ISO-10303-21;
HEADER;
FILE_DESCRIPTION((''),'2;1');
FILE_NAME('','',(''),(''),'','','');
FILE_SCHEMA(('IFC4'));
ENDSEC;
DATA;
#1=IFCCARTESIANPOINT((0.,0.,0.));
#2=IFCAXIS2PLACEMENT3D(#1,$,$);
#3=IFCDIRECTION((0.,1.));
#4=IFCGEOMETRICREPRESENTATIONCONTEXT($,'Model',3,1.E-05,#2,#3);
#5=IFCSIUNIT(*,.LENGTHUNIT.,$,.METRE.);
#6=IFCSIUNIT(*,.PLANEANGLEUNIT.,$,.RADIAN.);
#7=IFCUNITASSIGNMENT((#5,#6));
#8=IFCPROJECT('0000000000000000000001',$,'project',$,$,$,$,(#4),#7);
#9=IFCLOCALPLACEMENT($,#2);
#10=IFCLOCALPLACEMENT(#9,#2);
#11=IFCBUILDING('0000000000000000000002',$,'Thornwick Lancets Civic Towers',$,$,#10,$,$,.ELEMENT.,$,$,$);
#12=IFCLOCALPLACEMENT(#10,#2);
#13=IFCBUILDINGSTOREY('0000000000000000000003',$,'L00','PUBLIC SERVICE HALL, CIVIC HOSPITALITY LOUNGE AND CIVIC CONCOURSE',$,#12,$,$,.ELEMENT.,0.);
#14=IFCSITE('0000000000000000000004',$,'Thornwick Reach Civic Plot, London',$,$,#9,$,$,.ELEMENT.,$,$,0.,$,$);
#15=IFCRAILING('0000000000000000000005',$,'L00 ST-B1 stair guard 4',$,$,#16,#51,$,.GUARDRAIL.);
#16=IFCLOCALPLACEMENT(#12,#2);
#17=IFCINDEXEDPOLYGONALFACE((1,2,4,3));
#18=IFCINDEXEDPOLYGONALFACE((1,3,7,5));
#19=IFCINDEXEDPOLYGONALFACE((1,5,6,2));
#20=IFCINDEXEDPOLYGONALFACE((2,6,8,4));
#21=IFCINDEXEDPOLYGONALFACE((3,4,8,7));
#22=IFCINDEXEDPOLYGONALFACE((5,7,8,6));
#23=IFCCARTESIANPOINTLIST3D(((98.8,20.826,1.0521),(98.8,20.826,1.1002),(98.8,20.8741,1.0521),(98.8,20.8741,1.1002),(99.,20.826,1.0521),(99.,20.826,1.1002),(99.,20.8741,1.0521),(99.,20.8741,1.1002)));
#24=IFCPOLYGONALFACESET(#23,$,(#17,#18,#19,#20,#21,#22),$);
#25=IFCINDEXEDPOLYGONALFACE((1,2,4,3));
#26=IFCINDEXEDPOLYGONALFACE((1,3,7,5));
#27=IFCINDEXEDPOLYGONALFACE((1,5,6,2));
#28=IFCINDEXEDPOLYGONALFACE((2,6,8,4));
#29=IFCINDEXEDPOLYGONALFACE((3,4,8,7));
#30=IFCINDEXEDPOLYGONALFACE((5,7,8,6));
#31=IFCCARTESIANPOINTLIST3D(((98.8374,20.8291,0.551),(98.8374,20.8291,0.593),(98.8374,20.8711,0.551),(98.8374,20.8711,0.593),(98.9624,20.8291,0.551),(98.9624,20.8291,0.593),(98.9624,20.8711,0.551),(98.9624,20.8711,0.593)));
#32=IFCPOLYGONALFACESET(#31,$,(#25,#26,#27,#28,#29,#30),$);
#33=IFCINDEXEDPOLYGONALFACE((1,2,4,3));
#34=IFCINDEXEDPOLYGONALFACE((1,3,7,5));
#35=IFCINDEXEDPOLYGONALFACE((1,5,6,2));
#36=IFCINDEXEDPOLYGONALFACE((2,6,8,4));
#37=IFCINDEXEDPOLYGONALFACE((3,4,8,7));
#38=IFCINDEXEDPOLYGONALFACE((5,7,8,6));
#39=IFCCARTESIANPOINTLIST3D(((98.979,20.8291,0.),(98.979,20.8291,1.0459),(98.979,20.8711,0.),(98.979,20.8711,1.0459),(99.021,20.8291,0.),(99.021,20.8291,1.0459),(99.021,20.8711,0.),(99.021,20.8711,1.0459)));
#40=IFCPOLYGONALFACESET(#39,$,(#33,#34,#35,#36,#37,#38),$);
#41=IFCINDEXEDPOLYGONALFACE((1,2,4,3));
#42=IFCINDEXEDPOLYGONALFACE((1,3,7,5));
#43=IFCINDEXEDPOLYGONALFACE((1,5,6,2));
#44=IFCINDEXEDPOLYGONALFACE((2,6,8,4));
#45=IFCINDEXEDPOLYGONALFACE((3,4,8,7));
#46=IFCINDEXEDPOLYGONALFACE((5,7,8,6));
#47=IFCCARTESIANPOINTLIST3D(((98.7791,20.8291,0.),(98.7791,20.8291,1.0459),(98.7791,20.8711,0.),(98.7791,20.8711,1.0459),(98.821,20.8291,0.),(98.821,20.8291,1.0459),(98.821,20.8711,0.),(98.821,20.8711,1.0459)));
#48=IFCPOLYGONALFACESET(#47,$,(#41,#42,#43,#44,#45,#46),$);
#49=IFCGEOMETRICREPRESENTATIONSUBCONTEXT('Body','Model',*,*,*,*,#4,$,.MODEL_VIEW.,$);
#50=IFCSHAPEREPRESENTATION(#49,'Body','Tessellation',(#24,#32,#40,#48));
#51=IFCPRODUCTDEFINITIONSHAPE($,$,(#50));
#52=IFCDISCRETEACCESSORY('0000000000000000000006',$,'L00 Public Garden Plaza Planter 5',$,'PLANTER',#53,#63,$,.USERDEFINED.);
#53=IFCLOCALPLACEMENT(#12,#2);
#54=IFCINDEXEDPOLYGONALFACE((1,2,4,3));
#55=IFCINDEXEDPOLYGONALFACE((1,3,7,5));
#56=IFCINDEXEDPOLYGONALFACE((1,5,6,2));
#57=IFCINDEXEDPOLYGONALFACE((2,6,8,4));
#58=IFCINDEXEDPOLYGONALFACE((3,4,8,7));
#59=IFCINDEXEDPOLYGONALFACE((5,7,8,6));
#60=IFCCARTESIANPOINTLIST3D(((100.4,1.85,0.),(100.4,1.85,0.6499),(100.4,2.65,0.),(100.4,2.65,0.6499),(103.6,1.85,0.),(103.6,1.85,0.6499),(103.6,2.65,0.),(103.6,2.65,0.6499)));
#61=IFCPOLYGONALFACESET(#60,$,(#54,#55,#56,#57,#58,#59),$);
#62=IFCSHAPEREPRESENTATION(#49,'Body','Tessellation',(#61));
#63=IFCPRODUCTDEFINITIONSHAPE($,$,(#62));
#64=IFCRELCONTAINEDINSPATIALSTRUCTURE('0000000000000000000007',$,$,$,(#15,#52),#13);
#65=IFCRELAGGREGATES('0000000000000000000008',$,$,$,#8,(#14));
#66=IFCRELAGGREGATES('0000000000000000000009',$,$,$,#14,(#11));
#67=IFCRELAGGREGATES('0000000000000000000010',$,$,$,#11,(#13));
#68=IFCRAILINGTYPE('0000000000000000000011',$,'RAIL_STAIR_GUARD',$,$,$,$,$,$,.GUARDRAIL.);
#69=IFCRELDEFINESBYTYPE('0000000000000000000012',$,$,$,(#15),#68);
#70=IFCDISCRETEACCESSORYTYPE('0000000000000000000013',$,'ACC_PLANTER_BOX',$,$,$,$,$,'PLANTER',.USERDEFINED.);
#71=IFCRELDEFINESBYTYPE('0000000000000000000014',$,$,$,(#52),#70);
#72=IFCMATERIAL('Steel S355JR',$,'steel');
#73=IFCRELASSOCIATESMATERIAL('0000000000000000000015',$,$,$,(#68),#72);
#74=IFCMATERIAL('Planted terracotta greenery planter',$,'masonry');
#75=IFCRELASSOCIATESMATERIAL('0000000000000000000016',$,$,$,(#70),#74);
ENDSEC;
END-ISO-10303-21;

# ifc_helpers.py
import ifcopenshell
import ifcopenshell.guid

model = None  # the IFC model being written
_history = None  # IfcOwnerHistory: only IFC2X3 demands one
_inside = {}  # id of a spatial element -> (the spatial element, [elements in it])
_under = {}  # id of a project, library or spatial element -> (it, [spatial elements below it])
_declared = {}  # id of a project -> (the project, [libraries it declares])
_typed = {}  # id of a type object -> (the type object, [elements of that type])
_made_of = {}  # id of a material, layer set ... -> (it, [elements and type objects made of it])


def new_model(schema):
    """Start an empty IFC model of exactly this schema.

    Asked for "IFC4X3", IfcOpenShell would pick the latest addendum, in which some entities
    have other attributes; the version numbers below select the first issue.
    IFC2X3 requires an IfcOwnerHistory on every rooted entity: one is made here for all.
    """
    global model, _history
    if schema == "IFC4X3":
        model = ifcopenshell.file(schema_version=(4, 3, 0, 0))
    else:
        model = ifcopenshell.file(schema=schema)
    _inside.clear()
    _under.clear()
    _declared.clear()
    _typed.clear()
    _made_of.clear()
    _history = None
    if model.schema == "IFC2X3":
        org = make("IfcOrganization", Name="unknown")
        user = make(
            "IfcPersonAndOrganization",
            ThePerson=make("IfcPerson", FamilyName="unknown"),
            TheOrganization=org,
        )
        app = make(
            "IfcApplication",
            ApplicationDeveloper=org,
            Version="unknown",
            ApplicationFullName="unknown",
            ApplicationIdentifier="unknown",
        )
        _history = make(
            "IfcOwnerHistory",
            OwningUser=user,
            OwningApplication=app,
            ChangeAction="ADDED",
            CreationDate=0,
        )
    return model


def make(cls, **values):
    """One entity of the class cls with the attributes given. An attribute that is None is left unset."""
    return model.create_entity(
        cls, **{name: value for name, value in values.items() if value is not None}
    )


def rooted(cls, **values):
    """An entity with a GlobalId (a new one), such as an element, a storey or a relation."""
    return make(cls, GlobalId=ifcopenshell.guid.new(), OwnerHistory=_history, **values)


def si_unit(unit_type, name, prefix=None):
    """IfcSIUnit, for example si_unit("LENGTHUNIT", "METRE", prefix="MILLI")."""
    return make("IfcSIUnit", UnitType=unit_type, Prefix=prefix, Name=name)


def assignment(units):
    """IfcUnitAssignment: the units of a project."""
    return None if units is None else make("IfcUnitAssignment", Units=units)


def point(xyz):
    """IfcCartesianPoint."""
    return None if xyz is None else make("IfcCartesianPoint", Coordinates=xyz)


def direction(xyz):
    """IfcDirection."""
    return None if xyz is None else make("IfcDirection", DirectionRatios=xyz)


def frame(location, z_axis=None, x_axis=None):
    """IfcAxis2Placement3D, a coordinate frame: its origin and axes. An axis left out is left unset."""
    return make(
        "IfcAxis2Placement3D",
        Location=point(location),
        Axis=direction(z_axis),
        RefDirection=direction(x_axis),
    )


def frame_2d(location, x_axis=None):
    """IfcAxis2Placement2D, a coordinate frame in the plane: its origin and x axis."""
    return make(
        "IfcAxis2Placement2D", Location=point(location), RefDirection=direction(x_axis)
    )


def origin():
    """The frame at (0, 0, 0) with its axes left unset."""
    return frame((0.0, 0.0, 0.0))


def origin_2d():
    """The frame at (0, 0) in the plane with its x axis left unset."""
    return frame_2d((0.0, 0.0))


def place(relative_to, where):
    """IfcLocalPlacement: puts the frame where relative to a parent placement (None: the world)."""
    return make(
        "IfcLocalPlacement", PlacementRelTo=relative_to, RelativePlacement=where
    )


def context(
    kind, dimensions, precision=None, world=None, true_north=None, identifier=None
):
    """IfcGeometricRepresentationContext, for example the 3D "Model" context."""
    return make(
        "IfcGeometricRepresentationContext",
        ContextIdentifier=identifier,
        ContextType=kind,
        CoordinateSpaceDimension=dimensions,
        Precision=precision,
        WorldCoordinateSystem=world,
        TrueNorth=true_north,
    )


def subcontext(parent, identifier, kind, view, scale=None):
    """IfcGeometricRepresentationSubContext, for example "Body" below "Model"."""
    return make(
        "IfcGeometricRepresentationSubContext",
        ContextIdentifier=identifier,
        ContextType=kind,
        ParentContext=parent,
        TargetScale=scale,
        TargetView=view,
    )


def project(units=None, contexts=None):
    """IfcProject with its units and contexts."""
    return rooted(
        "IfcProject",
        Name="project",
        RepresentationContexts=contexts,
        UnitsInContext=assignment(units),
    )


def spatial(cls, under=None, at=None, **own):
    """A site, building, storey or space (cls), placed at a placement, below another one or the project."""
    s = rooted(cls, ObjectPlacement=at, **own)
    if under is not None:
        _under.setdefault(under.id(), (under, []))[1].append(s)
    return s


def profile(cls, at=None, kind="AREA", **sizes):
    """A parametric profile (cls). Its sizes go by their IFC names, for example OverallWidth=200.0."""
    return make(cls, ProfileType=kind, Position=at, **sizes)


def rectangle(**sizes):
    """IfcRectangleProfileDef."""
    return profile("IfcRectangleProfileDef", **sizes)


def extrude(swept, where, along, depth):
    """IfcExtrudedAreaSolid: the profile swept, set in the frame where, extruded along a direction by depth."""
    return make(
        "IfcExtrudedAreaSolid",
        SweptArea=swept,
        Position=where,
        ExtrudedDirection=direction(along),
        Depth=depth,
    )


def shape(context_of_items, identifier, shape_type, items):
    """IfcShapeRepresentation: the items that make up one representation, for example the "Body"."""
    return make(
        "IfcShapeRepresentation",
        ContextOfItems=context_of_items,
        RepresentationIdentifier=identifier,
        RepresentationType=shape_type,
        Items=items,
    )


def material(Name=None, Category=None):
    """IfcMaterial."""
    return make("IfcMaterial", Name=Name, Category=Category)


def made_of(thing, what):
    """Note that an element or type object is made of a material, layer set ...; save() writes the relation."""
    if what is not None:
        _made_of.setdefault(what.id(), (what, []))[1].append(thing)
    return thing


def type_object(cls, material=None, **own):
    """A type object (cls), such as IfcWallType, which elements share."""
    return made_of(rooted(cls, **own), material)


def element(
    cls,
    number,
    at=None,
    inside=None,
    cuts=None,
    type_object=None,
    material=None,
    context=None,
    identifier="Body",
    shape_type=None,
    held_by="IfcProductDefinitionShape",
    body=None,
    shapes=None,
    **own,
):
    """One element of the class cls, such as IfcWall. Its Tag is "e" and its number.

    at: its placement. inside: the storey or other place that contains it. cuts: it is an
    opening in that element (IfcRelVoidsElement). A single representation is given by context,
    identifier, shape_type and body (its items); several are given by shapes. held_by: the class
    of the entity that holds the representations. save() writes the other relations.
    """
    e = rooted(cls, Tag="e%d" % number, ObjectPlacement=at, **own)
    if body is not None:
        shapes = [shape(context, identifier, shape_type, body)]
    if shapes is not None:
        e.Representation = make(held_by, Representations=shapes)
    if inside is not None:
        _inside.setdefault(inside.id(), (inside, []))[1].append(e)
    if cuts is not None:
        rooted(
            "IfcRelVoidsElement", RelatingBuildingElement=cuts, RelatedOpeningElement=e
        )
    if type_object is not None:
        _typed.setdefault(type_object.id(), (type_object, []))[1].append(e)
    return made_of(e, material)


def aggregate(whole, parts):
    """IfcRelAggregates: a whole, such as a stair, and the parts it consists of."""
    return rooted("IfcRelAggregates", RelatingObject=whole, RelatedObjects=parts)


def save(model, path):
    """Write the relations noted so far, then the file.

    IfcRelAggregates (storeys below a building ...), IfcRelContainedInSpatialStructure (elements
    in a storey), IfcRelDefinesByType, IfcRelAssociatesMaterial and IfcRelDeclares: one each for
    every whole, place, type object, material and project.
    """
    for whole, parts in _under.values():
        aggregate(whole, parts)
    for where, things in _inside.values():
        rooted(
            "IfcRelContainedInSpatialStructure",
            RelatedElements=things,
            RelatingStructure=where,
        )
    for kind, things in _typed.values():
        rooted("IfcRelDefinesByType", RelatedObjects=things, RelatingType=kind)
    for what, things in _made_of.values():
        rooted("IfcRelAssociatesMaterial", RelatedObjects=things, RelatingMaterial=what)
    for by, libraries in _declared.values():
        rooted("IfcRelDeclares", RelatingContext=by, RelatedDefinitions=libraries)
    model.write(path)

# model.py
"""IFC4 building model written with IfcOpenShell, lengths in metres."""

from ifc_helpers import new_model, si_unit, direction, frame, origin, origin_2d, place, context, subcontext, project, spatial, rectangle, extrude, material, type_object, element, save


model = new_model("IFC4")

# Units and contexts
model_context = context("Model", 3, precision=1e-05, world=origin(), true_north=direction((0.0, 1.0)))
body_context = subcontext(model_context, "Body", "Model", "MODEL_VIEW")
ifc_project = project(units=[si_unit("LENGTHUNIT", "METRE"), si_unit("PLANEANGLEUNIT", "RADIAN")], contexts=[model_context])

# Site, building, storey
site_placement = place(None, origin())
site = spatial("IfcSite", under=ifc_project, at=site_placement, Name="Thornwick Reach Civic Plot, London", CompositionType="ELEMENT", RefElevation=0.0)
building_placement = place(site_placement, origin())
building = spatial("IfcBuilding", under=site, at=building_placement, Name="Thornwick Lancets Civic Towers", CompositionType="ELEMENT")
storey_placement = place(building_placement, origin())
storey = spatial("IfcBuildingStorey", under=building, at=storey_placement, Name="L00", Description="PUBLIC SERVICE HALL, CIVIC HOSPITALITY LOUNGE AND CIVIC CONCOURSE", CompositionType="ELEMENT", Elevation=0.0)

# Shared definitions
ifc_material_1 = material(Name="Steel S355JR", Category="steel")

# Railing
railing_type_1 = type_object("IfcRailingType", Name="RAIL_STAIR_GUARD", PredefinedType="GUARDRAIL", material=ifc_material_1)
railing_1_placement = place(storey_placement, frame((99.0, 20.8501, 0.0)))
element("IfcRailing", 1, at=railing_1_placement, inside=storey, type_object=railing_type_1, Name="L00 ST-B1 stair guard 4", PredefinedType="GUARDRAIL", context=body_context, shape_type="SweptSolid", body=[
    extrude(rectangle(XDim=0.0481, YDim=0.0481, at=origin_2d()), frame((0.0, 0.0, 1.0762), z_axis=(-1.0, 0.0, 0.0), x_axis=(0.0, -1.0, 0.0)), (0.0, 0.0, 1.0), 0.2),
    extrude(rectangle(XDim=0.042, YDim=0.042, at=origin_2d()), frame((-0.0376, 0.0, 0.572), z_axis=(-1.0, 0.0, 0.0), x_axis=(0.0, -1.0, 0.0)), (0.0, 0.0, 1.0), 0.125),
    extrude(rectangle(XDim=0.042, YDim=0.042, at=origin_2d()), origin(), (0.0, 0.0, 1.0), 1.0459),
    extrude(rectangle(XDim=0.042, YDim=0.042, at=origin_2d()), frame((-0.2, 0.0, 0.0)), (0.0, 0.0, 1.0), 1.0459),
])

# Discrete accessory
ifc_material_2 = material(Name="Planted terracotta greenery planter", Category="masonry")
discrete_accessory_type = type_object("IfcDiscreteAccessoryType", Name="ACC_PLANTER_BOX", ElementType="PLANTER", PredefinedType="USERDEFINED", material=ifc_material_2)
discrete_accessory_placement = place(storey_placement, frame((102.0, 2.25, 0.0), z_axis=(0.0, 0.0, 1.0), x_axis=(1.0, 0.0, 0.0)))
element("IfcDiscreteAccessory", 2, at=discrete_accessory_placement, inside=storey, type_object=discrete_accessory_type, Name="L00 Public Garden Plaza Planter 5", ObjectType="PLANTER", PredefinedType="USERDEFINED", context=body_context, shape_type="SweptSolid", body=[
    extrude(rectangle(XDim=3.2, YDim=0.8, at=origin_2d()), origin(), (0.0, 0.0, 1.0), 0.6499),
])

save(model, "model.ifc")
